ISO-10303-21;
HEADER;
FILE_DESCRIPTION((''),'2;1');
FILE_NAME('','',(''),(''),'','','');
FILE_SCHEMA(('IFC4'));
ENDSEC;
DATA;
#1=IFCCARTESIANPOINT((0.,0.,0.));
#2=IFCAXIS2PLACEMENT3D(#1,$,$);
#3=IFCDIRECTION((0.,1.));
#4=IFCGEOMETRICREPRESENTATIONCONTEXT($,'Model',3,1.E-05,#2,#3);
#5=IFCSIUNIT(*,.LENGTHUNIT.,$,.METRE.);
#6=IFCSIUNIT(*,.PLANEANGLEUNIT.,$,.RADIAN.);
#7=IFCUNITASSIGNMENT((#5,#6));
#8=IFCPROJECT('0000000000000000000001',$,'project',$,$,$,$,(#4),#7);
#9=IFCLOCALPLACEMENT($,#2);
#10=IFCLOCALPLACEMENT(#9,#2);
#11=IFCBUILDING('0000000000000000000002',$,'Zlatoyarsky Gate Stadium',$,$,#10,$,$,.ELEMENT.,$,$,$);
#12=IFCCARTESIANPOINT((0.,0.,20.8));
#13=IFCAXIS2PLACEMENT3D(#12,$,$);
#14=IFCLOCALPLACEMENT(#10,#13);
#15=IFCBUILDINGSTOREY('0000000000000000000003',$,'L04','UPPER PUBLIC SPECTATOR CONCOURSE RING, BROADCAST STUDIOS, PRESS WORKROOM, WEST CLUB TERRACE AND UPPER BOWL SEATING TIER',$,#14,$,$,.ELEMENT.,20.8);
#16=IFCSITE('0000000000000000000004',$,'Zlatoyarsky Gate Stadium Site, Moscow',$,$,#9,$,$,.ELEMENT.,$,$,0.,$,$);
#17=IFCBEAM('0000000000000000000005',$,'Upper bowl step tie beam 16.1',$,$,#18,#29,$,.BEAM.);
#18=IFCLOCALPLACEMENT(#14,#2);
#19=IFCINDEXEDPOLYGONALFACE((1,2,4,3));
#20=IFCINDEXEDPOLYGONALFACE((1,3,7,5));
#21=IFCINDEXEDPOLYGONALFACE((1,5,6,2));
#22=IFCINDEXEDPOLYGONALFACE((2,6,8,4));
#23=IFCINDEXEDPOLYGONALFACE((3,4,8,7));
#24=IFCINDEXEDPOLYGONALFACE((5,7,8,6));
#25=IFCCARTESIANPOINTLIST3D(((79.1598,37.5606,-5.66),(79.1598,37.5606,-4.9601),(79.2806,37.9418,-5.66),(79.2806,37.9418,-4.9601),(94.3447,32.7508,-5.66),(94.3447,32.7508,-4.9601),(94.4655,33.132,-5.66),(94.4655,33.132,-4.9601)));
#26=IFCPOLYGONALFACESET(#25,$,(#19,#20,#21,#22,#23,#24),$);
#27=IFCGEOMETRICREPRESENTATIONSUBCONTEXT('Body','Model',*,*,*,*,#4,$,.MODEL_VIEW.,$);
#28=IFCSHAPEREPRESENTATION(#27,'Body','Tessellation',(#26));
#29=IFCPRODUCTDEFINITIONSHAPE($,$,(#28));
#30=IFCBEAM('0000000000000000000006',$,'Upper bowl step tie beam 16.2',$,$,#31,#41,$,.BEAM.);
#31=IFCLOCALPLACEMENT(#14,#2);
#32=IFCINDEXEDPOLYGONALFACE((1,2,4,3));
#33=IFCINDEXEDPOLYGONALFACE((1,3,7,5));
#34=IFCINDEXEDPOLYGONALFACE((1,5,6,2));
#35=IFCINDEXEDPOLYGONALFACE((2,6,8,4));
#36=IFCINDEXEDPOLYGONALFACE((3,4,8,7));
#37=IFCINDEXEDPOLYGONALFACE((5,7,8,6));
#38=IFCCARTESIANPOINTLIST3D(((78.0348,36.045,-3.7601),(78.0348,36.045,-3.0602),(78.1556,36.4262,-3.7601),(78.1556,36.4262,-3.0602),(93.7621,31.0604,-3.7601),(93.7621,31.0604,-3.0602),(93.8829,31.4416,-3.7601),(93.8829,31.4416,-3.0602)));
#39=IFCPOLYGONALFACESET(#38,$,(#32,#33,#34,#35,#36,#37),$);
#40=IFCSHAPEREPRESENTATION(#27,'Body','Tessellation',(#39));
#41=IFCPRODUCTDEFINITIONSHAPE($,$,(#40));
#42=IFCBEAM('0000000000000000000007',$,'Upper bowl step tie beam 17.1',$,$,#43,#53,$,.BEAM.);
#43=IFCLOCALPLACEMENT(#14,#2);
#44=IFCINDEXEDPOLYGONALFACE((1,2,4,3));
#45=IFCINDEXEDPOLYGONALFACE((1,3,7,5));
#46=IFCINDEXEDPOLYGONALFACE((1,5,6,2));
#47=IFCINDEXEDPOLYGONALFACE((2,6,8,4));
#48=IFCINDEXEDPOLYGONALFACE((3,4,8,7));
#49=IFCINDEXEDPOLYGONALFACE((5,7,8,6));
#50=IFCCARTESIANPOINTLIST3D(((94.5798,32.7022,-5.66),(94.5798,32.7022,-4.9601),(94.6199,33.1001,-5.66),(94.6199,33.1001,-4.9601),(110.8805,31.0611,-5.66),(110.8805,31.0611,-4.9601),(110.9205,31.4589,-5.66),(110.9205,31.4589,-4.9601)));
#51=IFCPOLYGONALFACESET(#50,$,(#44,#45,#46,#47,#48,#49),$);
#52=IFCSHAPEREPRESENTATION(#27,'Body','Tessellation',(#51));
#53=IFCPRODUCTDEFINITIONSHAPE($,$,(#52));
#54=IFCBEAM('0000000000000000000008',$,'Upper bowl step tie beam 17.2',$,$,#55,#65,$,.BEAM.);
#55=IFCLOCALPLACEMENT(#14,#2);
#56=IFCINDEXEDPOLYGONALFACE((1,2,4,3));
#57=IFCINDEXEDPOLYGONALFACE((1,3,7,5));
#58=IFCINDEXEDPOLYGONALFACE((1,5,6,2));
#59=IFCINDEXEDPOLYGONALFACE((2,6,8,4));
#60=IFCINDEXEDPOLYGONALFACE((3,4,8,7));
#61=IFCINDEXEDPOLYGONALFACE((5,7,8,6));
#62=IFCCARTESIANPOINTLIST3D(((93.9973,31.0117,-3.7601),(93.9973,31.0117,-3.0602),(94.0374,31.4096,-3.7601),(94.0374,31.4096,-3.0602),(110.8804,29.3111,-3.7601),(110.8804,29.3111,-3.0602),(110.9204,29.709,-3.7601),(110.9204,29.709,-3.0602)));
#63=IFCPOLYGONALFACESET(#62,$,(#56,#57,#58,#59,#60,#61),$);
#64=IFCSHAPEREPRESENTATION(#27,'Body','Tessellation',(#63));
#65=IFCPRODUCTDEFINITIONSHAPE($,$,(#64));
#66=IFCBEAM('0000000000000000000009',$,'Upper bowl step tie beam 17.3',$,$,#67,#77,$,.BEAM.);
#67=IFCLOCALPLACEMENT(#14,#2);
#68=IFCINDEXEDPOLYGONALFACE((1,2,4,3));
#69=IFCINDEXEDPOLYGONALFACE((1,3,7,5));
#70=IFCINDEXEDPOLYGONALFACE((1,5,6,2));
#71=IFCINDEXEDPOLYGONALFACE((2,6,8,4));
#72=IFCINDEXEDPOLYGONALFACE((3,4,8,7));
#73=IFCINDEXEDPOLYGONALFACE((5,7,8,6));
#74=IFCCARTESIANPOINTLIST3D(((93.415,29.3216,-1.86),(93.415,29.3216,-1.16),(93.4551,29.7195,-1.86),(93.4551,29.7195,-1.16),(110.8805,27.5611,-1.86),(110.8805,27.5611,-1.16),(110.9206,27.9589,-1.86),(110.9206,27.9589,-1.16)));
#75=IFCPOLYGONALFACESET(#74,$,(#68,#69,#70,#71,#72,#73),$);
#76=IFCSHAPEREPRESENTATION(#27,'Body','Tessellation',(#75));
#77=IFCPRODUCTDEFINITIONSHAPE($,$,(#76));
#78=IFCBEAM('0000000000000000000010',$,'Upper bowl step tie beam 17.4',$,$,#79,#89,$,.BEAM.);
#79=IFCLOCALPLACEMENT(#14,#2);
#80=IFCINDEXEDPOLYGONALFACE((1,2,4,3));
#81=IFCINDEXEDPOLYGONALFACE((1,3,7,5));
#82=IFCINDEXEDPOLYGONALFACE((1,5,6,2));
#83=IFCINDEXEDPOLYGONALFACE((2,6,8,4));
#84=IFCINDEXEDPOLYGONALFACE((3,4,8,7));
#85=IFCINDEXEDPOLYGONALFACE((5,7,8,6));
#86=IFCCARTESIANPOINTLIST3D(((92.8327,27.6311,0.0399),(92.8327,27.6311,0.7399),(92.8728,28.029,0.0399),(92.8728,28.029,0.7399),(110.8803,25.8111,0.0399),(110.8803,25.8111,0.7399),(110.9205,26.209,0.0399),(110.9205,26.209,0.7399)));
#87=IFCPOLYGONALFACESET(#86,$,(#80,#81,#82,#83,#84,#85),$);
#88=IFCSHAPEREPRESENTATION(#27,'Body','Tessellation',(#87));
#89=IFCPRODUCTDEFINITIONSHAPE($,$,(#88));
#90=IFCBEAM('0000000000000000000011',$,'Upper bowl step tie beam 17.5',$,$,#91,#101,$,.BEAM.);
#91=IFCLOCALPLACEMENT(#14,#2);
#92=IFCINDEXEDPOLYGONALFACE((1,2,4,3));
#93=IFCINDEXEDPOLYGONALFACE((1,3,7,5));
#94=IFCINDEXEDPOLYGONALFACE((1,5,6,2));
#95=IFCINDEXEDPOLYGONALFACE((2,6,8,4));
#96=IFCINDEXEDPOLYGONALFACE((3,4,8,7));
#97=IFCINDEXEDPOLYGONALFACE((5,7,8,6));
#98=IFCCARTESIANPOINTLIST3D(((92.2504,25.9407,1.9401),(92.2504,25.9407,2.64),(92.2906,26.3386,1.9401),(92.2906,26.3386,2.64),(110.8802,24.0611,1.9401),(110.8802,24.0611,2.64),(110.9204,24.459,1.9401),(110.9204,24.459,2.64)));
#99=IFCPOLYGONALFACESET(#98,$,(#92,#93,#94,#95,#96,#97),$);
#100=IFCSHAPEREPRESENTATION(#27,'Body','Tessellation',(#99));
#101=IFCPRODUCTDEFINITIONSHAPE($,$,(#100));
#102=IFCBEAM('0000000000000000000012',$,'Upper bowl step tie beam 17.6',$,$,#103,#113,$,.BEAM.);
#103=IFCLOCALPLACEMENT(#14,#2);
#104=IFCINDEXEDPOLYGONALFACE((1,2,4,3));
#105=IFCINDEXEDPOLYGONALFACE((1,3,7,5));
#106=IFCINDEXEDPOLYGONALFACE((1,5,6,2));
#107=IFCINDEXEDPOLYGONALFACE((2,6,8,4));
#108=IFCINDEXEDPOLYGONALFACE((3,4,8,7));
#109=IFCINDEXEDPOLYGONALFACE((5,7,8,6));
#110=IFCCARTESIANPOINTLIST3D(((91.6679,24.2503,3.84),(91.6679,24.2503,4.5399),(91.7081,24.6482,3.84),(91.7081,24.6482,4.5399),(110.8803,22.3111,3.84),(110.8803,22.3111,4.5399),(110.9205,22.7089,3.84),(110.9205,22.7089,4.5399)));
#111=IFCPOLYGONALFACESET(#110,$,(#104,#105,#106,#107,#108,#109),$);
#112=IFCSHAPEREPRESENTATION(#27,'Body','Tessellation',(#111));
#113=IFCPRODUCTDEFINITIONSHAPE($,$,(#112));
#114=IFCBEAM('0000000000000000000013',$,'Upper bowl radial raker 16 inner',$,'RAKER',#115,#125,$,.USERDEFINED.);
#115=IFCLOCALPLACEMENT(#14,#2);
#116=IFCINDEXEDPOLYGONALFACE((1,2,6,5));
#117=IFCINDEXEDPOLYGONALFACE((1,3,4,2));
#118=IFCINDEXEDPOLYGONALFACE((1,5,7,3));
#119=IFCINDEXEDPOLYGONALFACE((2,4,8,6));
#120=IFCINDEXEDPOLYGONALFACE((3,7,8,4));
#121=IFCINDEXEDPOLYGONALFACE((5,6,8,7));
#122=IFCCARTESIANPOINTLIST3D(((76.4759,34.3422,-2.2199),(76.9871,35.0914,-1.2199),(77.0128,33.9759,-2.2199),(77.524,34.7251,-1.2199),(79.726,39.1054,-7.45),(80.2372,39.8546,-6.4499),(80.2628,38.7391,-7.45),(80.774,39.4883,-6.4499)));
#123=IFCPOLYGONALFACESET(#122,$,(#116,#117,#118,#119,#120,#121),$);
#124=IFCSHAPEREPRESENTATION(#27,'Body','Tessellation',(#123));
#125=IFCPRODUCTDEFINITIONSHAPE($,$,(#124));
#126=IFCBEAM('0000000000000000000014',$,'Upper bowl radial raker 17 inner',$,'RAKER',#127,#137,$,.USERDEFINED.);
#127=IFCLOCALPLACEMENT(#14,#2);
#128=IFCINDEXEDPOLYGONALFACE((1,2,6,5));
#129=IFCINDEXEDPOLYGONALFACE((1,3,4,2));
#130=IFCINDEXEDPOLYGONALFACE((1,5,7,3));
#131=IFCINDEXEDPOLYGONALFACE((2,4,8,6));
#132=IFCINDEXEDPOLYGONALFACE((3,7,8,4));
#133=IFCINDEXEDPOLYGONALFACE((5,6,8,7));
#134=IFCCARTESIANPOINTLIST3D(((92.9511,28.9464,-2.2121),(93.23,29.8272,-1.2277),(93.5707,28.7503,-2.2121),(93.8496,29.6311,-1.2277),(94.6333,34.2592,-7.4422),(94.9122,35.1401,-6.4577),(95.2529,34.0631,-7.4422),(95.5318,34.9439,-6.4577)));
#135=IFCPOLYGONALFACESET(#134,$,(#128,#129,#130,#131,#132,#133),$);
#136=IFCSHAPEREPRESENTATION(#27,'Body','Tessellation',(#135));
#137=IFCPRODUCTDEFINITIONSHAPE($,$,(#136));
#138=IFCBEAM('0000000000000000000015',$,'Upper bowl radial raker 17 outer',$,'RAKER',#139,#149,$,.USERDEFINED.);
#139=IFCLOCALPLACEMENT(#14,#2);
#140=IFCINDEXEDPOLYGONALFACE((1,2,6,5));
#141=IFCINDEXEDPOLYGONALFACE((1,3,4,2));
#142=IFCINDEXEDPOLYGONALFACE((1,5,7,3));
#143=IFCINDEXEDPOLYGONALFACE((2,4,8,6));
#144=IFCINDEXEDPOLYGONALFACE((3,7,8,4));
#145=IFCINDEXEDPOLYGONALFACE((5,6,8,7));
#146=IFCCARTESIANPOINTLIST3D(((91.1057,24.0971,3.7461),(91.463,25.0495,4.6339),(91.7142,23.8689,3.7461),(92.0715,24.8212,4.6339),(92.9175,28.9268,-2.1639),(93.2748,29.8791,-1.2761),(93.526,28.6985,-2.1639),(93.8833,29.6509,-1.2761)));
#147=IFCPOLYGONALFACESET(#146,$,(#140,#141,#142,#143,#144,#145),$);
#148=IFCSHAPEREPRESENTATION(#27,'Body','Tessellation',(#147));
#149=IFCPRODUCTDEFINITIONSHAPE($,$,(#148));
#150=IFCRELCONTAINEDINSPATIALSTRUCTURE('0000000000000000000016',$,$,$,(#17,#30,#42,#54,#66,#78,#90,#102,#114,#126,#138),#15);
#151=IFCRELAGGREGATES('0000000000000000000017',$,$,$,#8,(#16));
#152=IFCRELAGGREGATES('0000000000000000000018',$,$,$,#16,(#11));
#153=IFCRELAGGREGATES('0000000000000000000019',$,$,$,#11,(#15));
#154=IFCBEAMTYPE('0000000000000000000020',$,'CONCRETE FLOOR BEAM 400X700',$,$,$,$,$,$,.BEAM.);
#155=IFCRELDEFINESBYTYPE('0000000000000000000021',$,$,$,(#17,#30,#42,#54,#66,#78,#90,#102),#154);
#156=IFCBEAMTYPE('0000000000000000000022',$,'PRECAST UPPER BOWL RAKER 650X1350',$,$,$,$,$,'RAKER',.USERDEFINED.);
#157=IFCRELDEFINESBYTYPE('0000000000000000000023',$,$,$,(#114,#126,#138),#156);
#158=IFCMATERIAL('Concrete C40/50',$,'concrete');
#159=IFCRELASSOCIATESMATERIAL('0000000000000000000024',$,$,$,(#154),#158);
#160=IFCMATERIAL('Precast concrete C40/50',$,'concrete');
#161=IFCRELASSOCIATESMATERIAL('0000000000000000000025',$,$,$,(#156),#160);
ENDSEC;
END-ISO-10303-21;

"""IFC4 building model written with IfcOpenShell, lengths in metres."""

from ifc_helpers import new_model, si_unit, direction, frame, origin, origin_2d, place, context, subcontext, project, spatial, rectangle, extrude, material, material_profile, profile_set, type_object, element, save


model = new_model("IFC4")

# Units and contexts
model_context = context("Model", 3, precision=1e-05, world=origin(), true_north=direction((0.0, 1.0)))
body_context = subcontext(model_context, "Body", "Model", "MODEL_VIEW")
ifc_project = project(units=[si_unit("LENGTHUNIT", "METRE"), si_unit("PLANEANGLEUNIT", "RADIAN")], contexts=[model_context])

# Site, building, storey
site_placement = place(None, origin())
site = spatial("IfcSite", under=ifc_project, at=site_placement, Name="Zlatoyarsky Gate Stadium Site, Moscow", CompositionType="ELEMENT", RefElevation=0.0)
building_placement = place(site_placement, origin())
building = spatial("IfcBuilding", under=site, at=building_placement, Name="Zlatoyarsky Gate Stadium", CompositionType="ELEMENT")
storey_placement = place(building_placement, frame((0.0, 0.0, 20.8)))
storey = spatial("IfcBuildingStorey", under=building, at=storey_placement, Name="L04", Description="UPPER PUBLIC SPECTATOR CONCOURSE RING, BROADCAST STUDIOS, PRESS WORKROOM, WEST CLUB TERRACE AND UPPER BOWL SEATING TIER", CompositionType="ELEMENT", Elevation=20.8)

# Beams
ifc_material_1 = material(Name="Concrete C40/50", Category="concrete")
ifc_material_profile_1 = material_profile(ifc_material_1, rectangle(XDim=0.3999, YDim=0.7, at=origin_2d()), Name="RC BEAM 400X700")
ifc_profile_set_1 = profile_set([ifc_material_profile_1], Name="Concrete C40/50")
beam_type_1 = type_object("IfcBeamType", Name="CONCRETE FLOOR BEAM 400X700", PredefinedType="BEAM", material=ifc_profile_set_1)
beam_1_placement = place(storey_placement, frame((79.2202, 37.7512, -5.3101), z_axis=(0.953319, -0.301965, 0.0), x_axis=(0.301965, 0.953319, 0.0)))
element("IfcBeam", 1, at=beam_1_placement, inside=storey, type_object=beam_type_1, Name="Upper bowl step tie beam 16.1", PredefinedType="BEAM", context=body_context, shape_type="SweptSolid", body=[
    extrude(rectangle(XDim=0.3999, YDim=0.7, at=origin_2d()), origin(), (0.0, 0.0, 1.0), 15.9285),
])
beam_2_placement = place(storey_placement, frame((78.0952, 36.2356, -3.4102), z_axis=(0.953267, -0.302129, 0.0), x_axis=(0.302129, 0.953267, 0.0)))
element("IfcBeam", 2, at=beam_2_placement, inside=storey, type_object=beam_type_1, Name="Upper bowl step tie beam 16.2", PredefinedType="BEAM", context=body_context, shape_type="SweptSolid", body=[
    extrude(rectangle(XDim=0.3999, YDim=0.7, at=origin_2d()), origin(), (0.0, 0.0, 1.0), 16.4983),
])
beam_3_placement = place(storey_placement, frame((94.5999, 32.9011, -5.3101), z_axis=(0.99497, -0.100172, 0.0), x_axis=(0.100172, 0.99497, 0.0)))
element("IfcBeam", 3, at=beam_3_placement, inside=storey, type_object=beam_type_1, Name="Upper bowl step tie beam 17.1", PredefinedType="BEAM", context=body_context, shape_type="SweptSolid", body=[
    extrude(rectangle(XDim=0.3999, YDim=0.7, at=origin_2d()), origin(), (0.0, 0.0, 1.0), 16.3831),
])
beam_4_placement = place(storey_placement, frame((94.0173, 31.2107, -3.4102), z_axis=(0.994965, -0.100226, 0.0), x_axis=(0.100226, 0.994965, 0.0)))
element("IfcBeam", 4, at=beam_4_placement, inside=storey, type_object=beam_type_1, Name="Upper bowl step tie beam 17.2", PredefinedType="BEAM", context=body_context, shape_type="SweptSolid", body=[
    extrude(rectangle(XDim=0.3999, YDim=0.7, at=origin_2d()), origin(), (0.0, 0.0, 1.0), 16.9685),
])
beam_5_placement = place(storey_placement, frame((93.4351, 29.5205, -1.51), z_axis=(0.994958, -0.100291, 0.0), x_axis=(0.100291, 0.994958, 0.0)))
element("IfcBeam", 5, at=beam_5_placement, inside=storey, type_object=beam_type_1, Name="Upper bowl step tie beam 17.3", PredefinedType="BEAM", context=body_context, shape_type="SweptSolid", body=[
    extrude(rectangle(XDim=0.3999, YDim=0.7, at=origin_2d()), origin(), (0.0, 0.0, 1.0), 17.554),
])
beam_6_placement = place(storey_placement, frame((92.8528, 27.8301, 0.3899), z_axis=(0.994953, -0.100339, 0.0), x_axis=(0.100339, 0.994953, 0.0)))
element("IfcBeam", 6, at=beam_6_placement, inside=storey, type_object=beam_type_1, Name="Upper bowl step tie beam 17.4", PredefinedType="BEAM", context=body_context, shape_type="SweptSolid", body=[
    extrude(rectangle(XDim=0.3999, YDim=0.7, at=origin_2d()), origin(), (0.0, 0.0, 1.0), 18.1392),
])
beam_7_placement = place(storey_placement, frame((92.2705, 26.1396, 2.29), z_axis=(0.994949, -0.100384, 0.0), x_axis=(0.100384, 0.994949, 0.0)))
element("IfcBeam", 7, at=beam_7_placement, inside=storey, type_object=beam_type_1, Name="Upper bowl step tie beam 17.5", PredefinedType="BEAM", context=body_context, shape_type="SweptSolid", body=[
    extrude(rectangle(XDim=0.3999, YDim=0.7, at=origin_2d()), origin(), (0.0, 0.0, 1.0), 18.7244),
])
beam_8_placement = place(storey_placement, frame((91.688, 24.4492, 4.1899), z_axis=(0.994945, -0.100425, 0.0), x_axis=(0.100425, 0.994945, 0.0)))
element("IfcBeam", 8, at=beam_8_placement, inside=storey, type_object=beam_type_1, Name="Upper bowl step tie beam 17.6", PredefinedType="BEAM", context=body_context, shape_type="SweptSolid", body=[
    extrude(rectangle(XDim=0.3999, YDim=0.7, at=origin_2d()), origin(), (0.0, 0.0, 1.0), 19.3101),
])
ifc_material_2 = material(Name="Precast concrete C40/50", Category="concrete")
ifc_material_profile_2 = material_profile(ifc_material_2, rectangle(XDim=0.6499, YDim=1.3501, at=origin_2d()), Name="PC RAKER 650X1350")
ifc_profile_set_2 = profile_set([ifc_material_profile_2], Name="Precast concrete C40/50")
beam_type_2 = type_object("IfcBeamType", Name="PRECAST UPPER BOWL RAKER 650X1350", ElementType="RAKER", PredefinedType="USERDEFINED", material=ifc_profile_set_2)
beam_9_placement = place(storey_placement, frame((80.25, 39.2969, -6.95), z_axis=(-0.41748, -0.611857, 0.671819), x_axis=(0.826036, -0.563618, 0.0)))
element("IfcBeam", 9, at=beam_9_placement, inside=storey, type_object=beam_type_2, Name="Upper bowl radial raker 16 inner", ObjectType="RAKER", PredefinedType="USERDEFINED", context=body_context, shape_type="SweptSolid", body=[
    extrude(rectangle(XDim=0.6499, YDim=1.3501, at=origin_2d()), origin(), (0.0, 0.0, 1.0), 7.7849),
])
beam_10_placement = place(storey_placement, frame((95.0825, 34.6016, -6.95), z_axis=(-0.220102, -0.69516, 0.68433), x_axis=(0.953355, -0.301853, 0.0)))
element("IfcBeam", 10, at=beam_10_placement, inside=storey, type_object=beam_type_2, Name="Upper bowl radial raker 17 inner", ObjectType="RAKER", PredefinedType="USERDEFINED", context=body_context, shape_type="SweptSolid", body=[
    extrude(rectangle(XDim=0.6499, YDim=1.3501, at=origin_2d()), origin(), (0.0, 0.0, 1.0), 7.6426),
])
beam_11_placement = place(storey_placement, frame((93.4004, 29.2888, -1.72), z_axis=(-0.230963, -0.615674, 0.753393), x_axis=(0.936286, -0.351238, 0.0)))
element("IfcBeam", 11, at=beam_11_placement, inside=storey, type_object=beam_type_2, Name="Upper bowl radial raker 17 outer", ObjectType="RAKER", PredefinedType="USERDEFINED", context=body_context, shape_type="SweptSolid", body=[
    extrude(rectangle(XDim=0.6499, YDim=1.3501, at=origin_2d()), origin(), (0.0, 0.0, 1.0), 7.8445),
])

save(model, "model.ifc")
